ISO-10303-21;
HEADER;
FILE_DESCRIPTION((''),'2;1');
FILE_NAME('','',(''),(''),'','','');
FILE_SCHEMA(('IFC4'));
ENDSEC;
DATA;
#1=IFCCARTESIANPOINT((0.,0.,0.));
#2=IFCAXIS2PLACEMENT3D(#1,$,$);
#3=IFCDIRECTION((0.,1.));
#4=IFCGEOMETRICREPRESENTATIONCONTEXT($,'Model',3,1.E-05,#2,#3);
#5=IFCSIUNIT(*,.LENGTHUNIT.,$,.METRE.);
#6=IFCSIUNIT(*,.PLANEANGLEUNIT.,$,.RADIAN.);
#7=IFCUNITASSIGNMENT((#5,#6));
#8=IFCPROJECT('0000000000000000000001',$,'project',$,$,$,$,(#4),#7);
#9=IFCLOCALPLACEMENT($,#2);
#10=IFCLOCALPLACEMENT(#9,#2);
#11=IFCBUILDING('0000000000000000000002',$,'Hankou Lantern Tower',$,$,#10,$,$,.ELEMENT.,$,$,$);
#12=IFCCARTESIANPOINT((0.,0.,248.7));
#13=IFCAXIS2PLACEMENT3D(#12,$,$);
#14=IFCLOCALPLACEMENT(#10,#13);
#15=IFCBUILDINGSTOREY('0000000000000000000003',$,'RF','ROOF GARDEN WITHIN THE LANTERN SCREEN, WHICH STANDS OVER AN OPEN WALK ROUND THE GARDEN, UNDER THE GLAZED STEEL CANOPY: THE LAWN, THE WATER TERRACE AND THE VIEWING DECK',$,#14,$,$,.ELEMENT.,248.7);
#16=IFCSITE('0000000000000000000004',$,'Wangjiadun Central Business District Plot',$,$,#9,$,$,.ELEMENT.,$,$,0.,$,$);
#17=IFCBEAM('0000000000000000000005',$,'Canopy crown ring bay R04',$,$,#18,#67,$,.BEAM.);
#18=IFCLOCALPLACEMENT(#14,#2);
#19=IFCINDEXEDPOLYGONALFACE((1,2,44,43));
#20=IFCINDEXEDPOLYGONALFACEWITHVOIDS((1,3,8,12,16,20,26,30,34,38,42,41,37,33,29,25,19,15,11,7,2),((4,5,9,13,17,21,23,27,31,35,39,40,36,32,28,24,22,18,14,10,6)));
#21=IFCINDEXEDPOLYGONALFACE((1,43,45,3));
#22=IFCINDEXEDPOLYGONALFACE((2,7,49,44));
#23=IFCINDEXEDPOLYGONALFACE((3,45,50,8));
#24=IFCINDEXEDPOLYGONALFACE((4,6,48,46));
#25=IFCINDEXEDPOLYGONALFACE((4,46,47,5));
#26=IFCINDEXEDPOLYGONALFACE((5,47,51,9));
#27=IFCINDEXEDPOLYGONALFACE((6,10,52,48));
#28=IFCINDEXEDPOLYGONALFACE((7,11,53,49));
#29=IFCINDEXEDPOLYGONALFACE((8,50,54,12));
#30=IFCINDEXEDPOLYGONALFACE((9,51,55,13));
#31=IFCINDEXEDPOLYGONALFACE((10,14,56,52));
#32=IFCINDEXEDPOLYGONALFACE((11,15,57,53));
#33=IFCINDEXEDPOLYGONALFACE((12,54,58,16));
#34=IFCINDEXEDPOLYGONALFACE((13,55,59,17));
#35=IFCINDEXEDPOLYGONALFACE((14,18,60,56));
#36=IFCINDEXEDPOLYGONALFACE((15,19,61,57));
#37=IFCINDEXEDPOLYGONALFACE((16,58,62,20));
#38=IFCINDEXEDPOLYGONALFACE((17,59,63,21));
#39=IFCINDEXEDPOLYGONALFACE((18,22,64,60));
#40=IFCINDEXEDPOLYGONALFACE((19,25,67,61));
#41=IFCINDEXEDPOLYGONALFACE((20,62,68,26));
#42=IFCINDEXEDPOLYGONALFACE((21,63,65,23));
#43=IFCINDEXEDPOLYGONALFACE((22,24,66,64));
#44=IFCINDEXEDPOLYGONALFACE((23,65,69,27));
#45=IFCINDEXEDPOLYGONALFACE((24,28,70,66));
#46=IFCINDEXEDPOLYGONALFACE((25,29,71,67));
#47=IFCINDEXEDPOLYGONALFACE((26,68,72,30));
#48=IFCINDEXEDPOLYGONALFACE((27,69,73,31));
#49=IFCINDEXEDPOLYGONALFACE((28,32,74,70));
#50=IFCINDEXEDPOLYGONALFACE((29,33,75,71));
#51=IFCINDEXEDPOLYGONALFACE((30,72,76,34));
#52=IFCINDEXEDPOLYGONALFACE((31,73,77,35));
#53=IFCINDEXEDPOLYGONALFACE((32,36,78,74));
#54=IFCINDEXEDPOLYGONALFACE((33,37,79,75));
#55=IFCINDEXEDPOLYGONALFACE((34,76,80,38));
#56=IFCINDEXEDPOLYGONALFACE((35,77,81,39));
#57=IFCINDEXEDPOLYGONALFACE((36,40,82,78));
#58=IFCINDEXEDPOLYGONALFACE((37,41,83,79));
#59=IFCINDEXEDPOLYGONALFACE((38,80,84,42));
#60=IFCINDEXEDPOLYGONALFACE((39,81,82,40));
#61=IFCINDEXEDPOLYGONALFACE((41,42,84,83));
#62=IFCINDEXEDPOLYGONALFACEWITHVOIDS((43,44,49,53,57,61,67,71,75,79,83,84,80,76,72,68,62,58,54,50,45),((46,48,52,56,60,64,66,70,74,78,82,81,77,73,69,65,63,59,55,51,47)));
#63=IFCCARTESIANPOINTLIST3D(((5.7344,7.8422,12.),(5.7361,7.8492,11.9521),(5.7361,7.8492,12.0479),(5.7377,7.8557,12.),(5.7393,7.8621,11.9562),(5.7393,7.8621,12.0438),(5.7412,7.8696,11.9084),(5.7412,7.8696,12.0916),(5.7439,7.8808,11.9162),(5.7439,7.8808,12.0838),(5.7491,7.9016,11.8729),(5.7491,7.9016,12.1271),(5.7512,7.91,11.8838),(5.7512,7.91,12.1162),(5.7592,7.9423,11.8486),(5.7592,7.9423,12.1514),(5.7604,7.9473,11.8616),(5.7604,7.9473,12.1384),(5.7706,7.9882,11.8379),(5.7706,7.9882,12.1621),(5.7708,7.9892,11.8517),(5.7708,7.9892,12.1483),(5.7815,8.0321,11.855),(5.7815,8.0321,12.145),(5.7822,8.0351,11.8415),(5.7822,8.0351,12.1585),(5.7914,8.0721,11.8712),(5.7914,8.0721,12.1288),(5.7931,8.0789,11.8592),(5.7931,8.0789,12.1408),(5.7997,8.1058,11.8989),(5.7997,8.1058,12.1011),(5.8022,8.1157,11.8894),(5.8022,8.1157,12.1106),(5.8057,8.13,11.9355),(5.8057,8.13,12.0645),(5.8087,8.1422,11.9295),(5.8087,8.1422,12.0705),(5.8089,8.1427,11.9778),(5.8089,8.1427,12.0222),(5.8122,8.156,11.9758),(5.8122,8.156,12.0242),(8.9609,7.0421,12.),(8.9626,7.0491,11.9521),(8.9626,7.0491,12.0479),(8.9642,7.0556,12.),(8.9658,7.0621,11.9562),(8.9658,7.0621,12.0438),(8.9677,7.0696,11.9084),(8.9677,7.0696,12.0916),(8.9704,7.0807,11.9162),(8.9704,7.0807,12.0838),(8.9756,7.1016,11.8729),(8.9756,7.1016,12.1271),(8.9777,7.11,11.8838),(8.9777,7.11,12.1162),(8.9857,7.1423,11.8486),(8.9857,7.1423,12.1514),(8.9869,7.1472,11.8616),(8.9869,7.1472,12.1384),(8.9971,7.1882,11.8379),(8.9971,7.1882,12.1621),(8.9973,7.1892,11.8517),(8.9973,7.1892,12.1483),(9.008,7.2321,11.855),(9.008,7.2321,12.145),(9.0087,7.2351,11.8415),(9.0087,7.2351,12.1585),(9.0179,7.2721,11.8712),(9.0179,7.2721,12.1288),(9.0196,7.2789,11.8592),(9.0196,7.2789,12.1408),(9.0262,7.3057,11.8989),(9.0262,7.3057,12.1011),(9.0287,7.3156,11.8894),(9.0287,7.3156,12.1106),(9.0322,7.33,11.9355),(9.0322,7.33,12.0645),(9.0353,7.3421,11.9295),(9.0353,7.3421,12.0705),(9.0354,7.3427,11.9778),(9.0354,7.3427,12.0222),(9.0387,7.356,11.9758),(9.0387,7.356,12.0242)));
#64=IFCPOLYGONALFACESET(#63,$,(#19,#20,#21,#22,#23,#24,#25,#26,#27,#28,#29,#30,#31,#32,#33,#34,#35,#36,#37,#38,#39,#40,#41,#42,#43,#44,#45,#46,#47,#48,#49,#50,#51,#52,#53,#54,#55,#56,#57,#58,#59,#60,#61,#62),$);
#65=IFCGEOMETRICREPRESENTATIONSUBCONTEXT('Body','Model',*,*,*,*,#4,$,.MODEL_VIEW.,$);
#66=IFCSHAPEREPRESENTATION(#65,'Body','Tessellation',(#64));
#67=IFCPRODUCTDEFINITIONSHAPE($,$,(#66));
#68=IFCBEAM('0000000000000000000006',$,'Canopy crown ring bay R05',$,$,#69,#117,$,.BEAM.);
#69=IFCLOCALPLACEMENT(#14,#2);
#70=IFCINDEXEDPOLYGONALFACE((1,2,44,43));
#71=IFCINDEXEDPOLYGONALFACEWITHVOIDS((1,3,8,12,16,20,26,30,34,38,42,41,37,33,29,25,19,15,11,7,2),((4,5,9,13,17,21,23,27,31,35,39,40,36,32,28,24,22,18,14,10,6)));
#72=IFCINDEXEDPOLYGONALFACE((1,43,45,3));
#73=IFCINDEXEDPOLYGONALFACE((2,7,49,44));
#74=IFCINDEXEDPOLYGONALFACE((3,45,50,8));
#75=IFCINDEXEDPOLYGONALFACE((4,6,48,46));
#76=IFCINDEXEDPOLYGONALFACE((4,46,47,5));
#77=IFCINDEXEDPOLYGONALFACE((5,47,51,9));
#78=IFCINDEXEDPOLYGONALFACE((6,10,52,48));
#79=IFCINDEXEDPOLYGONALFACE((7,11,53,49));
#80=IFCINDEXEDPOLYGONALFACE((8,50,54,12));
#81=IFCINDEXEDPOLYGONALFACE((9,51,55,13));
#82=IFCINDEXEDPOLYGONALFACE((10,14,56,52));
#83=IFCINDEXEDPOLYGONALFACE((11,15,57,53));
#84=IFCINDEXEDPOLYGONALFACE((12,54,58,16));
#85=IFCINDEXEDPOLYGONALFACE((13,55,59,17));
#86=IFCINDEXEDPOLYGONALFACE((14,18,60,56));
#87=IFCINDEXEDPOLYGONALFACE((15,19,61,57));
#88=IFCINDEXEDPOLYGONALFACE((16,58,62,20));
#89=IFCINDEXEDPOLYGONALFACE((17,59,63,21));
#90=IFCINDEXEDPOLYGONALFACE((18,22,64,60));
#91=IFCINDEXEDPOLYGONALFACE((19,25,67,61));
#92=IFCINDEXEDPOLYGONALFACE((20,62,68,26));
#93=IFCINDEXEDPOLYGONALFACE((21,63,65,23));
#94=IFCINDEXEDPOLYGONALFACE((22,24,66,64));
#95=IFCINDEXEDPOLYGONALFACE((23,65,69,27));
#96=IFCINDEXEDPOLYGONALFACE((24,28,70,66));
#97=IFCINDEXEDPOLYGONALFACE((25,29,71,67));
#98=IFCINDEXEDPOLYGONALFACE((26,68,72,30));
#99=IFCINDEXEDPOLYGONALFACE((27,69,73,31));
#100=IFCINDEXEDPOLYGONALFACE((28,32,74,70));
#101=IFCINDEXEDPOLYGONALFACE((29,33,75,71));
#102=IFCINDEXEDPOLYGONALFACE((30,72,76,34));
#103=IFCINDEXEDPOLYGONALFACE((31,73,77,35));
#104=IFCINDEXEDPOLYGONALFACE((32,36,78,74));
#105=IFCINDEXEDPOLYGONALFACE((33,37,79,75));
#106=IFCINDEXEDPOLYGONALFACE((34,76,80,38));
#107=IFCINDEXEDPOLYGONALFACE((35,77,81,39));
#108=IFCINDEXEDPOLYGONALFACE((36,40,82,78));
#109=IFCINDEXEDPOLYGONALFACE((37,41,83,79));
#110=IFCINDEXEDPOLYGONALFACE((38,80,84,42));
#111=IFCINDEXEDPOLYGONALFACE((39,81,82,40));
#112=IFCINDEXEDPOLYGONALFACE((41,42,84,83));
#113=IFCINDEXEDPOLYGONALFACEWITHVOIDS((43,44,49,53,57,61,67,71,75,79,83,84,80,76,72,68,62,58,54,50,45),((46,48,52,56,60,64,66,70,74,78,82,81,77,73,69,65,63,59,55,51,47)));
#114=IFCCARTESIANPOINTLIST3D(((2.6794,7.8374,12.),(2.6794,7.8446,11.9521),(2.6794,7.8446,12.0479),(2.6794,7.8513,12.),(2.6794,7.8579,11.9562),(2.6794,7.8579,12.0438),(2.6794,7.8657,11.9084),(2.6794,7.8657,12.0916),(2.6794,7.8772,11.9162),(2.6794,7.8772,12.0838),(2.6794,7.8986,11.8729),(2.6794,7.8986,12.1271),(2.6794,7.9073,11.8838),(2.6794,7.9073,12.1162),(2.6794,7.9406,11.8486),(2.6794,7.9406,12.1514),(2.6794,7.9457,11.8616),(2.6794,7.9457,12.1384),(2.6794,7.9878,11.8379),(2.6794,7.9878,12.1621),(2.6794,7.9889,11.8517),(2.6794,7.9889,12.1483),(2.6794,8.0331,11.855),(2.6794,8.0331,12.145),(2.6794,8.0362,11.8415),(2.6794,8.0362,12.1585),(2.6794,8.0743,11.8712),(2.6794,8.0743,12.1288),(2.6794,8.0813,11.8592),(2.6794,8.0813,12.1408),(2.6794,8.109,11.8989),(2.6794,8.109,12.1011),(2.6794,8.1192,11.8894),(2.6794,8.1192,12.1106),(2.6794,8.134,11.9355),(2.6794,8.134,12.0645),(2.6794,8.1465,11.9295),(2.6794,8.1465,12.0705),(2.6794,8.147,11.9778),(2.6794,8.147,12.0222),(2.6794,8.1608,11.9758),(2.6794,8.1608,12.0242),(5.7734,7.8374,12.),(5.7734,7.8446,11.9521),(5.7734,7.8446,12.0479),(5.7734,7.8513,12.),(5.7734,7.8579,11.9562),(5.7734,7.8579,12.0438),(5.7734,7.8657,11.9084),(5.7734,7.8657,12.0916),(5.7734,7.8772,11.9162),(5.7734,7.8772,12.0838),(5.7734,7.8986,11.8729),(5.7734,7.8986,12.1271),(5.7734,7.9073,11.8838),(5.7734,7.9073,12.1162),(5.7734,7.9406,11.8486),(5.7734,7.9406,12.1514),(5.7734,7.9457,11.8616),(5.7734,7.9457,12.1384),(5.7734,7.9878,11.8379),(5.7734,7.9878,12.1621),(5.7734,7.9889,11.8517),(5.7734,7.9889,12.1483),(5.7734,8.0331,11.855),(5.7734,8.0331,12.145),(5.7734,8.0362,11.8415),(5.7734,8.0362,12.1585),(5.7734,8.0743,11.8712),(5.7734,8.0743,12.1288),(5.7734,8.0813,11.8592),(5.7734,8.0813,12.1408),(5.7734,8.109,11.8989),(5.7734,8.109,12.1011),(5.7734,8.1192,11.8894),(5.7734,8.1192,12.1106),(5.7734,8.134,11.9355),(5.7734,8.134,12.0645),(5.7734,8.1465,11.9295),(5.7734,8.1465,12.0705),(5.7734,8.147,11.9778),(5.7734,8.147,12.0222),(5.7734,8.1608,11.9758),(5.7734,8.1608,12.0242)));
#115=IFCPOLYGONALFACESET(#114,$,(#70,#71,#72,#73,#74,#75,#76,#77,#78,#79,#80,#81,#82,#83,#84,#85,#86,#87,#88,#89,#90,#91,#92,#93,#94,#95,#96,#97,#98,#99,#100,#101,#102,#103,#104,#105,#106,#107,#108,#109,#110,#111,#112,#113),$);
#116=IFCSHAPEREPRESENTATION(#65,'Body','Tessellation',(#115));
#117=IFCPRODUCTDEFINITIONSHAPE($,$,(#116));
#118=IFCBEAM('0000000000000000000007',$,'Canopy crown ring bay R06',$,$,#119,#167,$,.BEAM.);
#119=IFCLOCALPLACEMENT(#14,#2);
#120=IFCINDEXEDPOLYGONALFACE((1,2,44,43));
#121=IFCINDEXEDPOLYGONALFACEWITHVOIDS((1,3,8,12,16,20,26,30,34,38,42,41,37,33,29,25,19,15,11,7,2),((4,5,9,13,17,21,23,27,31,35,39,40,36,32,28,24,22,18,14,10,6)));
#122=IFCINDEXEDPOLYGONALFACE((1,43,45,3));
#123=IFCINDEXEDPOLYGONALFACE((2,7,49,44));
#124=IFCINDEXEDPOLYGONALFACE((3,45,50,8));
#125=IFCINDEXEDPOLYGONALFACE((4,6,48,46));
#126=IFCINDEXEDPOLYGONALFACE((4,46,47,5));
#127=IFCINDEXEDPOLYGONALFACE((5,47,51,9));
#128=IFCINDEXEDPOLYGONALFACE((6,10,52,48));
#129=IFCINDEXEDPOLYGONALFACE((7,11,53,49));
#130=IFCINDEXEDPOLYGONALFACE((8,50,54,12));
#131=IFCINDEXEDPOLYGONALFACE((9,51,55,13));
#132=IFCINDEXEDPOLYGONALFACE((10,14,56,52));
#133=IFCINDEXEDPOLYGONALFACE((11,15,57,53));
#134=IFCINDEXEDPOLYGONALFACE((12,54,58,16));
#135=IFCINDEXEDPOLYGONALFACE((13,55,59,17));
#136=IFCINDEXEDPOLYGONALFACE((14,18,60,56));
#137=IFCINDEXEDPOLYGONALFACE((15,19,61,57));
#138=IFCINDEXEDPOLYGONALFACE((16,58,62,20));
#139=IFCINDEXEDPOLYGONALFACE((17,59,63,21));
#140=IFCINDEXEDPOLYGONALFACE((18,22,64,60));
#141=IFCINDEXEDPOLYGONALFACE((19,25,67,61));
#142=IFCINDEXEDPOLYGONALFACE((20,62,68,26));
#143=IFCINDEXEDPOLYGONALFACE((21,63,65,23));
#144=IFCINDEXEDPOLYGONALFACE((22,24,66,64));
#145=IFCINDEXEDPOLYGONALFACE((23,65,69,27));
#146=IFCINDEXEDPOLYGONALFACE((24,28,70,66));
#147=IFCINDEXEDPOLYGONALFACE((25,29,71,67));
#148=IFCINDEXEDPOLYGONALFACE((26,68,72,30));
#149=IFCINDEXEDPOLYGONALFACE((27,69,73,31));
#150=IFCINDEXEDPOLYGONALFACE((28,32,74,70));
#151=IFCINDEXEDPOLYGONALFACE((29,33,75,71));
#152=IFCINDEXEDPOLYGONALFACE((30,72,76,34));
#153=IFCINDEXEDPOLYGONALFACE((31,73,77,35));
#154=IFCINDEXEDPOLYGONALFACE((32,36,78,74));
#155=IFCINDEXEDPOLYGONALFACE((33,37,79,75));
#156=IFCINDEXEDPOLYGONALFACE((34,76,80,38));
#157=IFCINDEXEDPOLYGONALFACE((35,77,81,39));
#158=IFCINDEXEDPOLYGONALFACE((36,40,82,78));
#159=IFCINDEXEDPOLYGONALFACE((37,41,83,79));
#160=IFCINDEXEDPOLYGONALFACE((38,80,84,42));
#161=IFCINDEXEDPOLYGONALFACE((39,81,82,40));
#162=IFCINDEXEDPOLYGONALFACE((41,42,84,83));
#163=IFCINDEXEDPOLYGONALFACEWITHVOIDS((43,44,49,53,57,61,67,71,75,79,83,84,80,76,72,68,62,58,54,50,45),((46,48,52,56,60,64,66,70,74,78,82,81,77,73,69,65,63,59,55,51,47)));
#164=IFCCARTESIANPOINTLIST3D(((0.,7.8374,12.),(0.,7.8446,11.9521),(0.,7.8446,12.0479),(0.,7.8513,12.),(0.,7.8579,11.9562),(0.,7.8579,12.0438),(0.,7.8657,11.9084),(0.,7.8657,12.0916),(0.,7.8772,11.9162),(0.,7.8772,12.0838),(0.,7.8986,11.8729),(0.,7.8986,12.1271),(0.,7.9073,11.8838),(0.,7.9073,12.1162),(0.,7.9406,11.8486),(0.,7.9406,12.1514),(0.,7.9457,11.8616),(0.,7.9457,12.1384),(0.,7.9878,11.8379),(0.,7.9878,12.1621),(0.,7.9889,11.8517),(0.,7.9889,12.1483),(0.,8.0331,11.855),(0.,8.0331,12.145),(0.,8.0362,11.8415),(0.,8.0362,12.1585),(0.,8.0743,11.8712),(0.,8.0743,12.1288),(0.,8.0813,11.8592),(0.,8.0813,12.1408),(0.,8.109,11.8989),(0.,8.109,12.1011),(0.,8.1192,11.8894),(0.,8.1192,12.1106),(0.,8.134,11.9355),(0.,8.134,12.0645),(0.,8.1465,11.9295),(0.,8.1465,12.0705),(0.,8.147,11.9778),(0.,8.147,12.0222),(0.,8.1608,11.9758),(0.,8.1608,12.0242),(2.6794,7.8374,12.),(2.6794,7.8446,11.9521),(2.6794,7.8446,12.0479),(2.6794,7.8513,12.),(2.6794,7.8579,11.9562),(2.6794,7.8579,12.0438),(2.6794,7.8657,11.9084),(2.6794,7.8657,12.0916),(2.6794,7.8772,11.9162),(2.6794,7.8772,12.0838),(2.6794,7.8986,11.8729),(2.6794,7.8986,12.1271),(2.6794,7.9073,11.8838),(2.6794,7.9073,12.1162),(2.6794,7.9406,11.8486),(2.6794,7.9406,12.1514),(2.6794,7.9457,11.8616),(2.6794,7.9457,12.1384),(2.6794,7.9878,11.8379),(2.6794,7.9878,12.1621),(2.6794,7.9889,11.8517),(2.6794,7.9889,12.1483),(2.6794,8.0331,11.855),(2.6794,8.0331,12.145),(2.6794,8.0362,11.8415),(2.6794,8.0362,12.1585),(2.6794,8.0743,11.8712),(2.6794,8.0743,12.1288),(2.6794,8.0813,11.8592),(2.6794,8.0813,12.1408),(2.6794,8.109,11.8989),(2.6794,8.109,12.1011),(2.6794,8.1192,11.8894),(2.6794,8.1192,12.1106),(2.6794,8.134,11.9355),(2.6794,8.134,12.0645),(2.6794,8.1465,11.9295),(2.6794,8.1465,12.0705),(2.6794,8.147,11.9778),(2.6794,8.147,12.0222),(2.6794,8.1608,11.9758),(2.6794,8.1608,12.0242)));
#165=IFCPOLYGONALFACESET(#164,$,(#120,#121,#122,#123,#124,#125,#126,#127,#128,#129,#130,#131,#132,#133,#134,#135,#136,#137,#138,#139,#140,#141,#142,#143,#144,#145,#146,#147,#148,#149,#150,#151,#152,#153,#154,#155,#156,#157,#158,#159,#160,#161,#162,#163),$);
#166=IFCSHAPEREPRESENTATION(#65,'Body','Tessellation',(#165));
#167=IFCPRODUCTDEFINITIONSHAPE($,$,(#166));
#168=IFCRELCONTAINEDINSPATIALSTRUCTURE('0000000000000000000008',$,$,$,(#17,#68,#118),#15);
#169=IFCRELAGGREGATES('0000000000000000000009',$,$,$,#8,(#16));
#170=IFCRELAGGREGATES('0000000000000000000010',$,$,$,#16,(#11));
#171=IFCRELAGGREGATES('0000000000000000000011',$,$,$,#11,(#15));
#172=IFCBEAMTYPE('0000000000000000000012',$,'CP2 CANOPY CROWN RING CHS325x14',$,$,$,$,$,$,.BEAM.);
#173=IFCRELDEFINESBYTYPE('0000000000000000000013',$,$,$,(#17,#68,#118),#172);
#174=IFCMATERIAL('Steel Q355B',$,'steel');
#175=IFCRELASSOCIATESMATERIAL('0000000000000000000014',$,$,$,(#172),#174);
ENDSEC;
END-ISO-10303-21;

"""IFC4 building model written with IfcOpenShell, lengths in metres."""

from ifc_helpers import new_model, si_unit, direction, frame, origin, origin_2d, place, context, subcontext, project, spatial, hollow_circle, extrude, material, material_profile, profile_set, type_object, element, save


model = new_model("IFC4")

# Units and contexts
model_context = context("Model", 3, precision=1e-05, world=origin(), true_north=direction((0.0, 1.0)))
body_context = subcontext(model_context, "Body", "Model", "MODEL_VIEW")
ifc_project = project(units=[si_unit("LENGTHUNIT", "METRE"), si_unit("PLANEANGLEUNIT", "RADIAN")], contexts=[model_context])

# Site, building, storey
site_placement = place(None, origin())
site = spatial("IfcSite", under=ifc_project, at=site_placement, Name="Wangjiadun Central Business District Plot", CompositionType="ELEMENT", RefElevation=0.0)
building_placement = place(site_placement, origin())
building = spatial("IfcBuilding", under=site, at=building_placement, Name="Hankou Lantern Tower", CompositionType="ELEMENT")
storey_placement = place(building_placement, frame((0.0, 0.0, 248.7)))
storey = spatial("IfcBuildingStorey", under=building, at=storey_placement, Name="RF", Description="ROOF GARDEN WITHIN THE LANTERN SCREEN, WHICH STANDS OVER AN OPEN WALK ROUND THE GARDEN, UNDER THE GLAZED STEEL CANOPY: THE LAWN, THE WATER TERRACE AND THE VIEWING DECK", CompositionType="ELEMENT", Elevation=248.7)

# Beams
ifc_material_1 = material(Name="Steel Q355B", Category="steel")
ifc_material_profile_1 = material_profile(ifc_material_1, hollow_circle(Radius=0.1626, WallThickness=0.0139, at=origin_2d()), Name="CHS325x14")
ifc_profile_set_1 = profile_set([ifc_material_profile_1], Name="Steel Q355B")
beam_type = type_object("IfcBeamType", Name="CP2 CANOPY CROWN RING CHS325x14", PredefinedType="BEAM", material=ifc_profile_set_1)
beam_1_placement = place(storey_placement, frame((9.0, 7.2, 12.0), z_axis=(-0.970607, 0.240669, 0.0), x_axis=(-0.240669, -0.970607, 0.0)))
element("IfcBeam", 1, at=beam_1_placement, inside=storey, type_object=beam_type, Name="Canopy crown ring bay R04", PredefinedType="BEAM", context=body_context, shape_type="SweptSolid", body=[
    extrude(hollow_circle(Radius=0.1626, WallThickness=0.0139, at=origin_2d()), origin(), (0.0, 0.0, 1.0), 3.3242),
])
beam_2_placement = place(storey_placement, frame((5.7734, 8.0, 12.0), z_axis=(-1.0, 0.0, 0.0), x_axis=(0.0, -1.0, 0.0)))
element("IfcBeam", 2, at=beam_2_placement, inside=storey, type_object=beam_type, Name="Canopy crown ring bay R05", PredefinedType="BEAM", context=body_context, shape_type="SweptSolid", body=[
    extrude(hollow_circle(Radius=0.1626, WallThickness=0.0139, at=origin_2d()), origin(), (0.0, 0.0, 1.0), 3.094),
])
beam_3_placement = place(storey_placement, frame((2.6794, 8.0, 12.0), z_axis=(-1.0, 0.0, 0.0), x_axis=(0.0, -1.0, 0.0)))
element("IfcBeam", 3, at=beam_3_placement, inside=storey, type_object=beam_type, Name="Canopy crown ring bay R06", PredefinedType="BEAM", context=body_context, shape_type="SweptSolid", body=[
    extrude(hollow_circle(Radius=0.1626, WallThickness=0.0139, at=origin_2d()), origin(), (0.0, 0.0, 1.0), 2.6794),
])

save(model, "model.ifc")
